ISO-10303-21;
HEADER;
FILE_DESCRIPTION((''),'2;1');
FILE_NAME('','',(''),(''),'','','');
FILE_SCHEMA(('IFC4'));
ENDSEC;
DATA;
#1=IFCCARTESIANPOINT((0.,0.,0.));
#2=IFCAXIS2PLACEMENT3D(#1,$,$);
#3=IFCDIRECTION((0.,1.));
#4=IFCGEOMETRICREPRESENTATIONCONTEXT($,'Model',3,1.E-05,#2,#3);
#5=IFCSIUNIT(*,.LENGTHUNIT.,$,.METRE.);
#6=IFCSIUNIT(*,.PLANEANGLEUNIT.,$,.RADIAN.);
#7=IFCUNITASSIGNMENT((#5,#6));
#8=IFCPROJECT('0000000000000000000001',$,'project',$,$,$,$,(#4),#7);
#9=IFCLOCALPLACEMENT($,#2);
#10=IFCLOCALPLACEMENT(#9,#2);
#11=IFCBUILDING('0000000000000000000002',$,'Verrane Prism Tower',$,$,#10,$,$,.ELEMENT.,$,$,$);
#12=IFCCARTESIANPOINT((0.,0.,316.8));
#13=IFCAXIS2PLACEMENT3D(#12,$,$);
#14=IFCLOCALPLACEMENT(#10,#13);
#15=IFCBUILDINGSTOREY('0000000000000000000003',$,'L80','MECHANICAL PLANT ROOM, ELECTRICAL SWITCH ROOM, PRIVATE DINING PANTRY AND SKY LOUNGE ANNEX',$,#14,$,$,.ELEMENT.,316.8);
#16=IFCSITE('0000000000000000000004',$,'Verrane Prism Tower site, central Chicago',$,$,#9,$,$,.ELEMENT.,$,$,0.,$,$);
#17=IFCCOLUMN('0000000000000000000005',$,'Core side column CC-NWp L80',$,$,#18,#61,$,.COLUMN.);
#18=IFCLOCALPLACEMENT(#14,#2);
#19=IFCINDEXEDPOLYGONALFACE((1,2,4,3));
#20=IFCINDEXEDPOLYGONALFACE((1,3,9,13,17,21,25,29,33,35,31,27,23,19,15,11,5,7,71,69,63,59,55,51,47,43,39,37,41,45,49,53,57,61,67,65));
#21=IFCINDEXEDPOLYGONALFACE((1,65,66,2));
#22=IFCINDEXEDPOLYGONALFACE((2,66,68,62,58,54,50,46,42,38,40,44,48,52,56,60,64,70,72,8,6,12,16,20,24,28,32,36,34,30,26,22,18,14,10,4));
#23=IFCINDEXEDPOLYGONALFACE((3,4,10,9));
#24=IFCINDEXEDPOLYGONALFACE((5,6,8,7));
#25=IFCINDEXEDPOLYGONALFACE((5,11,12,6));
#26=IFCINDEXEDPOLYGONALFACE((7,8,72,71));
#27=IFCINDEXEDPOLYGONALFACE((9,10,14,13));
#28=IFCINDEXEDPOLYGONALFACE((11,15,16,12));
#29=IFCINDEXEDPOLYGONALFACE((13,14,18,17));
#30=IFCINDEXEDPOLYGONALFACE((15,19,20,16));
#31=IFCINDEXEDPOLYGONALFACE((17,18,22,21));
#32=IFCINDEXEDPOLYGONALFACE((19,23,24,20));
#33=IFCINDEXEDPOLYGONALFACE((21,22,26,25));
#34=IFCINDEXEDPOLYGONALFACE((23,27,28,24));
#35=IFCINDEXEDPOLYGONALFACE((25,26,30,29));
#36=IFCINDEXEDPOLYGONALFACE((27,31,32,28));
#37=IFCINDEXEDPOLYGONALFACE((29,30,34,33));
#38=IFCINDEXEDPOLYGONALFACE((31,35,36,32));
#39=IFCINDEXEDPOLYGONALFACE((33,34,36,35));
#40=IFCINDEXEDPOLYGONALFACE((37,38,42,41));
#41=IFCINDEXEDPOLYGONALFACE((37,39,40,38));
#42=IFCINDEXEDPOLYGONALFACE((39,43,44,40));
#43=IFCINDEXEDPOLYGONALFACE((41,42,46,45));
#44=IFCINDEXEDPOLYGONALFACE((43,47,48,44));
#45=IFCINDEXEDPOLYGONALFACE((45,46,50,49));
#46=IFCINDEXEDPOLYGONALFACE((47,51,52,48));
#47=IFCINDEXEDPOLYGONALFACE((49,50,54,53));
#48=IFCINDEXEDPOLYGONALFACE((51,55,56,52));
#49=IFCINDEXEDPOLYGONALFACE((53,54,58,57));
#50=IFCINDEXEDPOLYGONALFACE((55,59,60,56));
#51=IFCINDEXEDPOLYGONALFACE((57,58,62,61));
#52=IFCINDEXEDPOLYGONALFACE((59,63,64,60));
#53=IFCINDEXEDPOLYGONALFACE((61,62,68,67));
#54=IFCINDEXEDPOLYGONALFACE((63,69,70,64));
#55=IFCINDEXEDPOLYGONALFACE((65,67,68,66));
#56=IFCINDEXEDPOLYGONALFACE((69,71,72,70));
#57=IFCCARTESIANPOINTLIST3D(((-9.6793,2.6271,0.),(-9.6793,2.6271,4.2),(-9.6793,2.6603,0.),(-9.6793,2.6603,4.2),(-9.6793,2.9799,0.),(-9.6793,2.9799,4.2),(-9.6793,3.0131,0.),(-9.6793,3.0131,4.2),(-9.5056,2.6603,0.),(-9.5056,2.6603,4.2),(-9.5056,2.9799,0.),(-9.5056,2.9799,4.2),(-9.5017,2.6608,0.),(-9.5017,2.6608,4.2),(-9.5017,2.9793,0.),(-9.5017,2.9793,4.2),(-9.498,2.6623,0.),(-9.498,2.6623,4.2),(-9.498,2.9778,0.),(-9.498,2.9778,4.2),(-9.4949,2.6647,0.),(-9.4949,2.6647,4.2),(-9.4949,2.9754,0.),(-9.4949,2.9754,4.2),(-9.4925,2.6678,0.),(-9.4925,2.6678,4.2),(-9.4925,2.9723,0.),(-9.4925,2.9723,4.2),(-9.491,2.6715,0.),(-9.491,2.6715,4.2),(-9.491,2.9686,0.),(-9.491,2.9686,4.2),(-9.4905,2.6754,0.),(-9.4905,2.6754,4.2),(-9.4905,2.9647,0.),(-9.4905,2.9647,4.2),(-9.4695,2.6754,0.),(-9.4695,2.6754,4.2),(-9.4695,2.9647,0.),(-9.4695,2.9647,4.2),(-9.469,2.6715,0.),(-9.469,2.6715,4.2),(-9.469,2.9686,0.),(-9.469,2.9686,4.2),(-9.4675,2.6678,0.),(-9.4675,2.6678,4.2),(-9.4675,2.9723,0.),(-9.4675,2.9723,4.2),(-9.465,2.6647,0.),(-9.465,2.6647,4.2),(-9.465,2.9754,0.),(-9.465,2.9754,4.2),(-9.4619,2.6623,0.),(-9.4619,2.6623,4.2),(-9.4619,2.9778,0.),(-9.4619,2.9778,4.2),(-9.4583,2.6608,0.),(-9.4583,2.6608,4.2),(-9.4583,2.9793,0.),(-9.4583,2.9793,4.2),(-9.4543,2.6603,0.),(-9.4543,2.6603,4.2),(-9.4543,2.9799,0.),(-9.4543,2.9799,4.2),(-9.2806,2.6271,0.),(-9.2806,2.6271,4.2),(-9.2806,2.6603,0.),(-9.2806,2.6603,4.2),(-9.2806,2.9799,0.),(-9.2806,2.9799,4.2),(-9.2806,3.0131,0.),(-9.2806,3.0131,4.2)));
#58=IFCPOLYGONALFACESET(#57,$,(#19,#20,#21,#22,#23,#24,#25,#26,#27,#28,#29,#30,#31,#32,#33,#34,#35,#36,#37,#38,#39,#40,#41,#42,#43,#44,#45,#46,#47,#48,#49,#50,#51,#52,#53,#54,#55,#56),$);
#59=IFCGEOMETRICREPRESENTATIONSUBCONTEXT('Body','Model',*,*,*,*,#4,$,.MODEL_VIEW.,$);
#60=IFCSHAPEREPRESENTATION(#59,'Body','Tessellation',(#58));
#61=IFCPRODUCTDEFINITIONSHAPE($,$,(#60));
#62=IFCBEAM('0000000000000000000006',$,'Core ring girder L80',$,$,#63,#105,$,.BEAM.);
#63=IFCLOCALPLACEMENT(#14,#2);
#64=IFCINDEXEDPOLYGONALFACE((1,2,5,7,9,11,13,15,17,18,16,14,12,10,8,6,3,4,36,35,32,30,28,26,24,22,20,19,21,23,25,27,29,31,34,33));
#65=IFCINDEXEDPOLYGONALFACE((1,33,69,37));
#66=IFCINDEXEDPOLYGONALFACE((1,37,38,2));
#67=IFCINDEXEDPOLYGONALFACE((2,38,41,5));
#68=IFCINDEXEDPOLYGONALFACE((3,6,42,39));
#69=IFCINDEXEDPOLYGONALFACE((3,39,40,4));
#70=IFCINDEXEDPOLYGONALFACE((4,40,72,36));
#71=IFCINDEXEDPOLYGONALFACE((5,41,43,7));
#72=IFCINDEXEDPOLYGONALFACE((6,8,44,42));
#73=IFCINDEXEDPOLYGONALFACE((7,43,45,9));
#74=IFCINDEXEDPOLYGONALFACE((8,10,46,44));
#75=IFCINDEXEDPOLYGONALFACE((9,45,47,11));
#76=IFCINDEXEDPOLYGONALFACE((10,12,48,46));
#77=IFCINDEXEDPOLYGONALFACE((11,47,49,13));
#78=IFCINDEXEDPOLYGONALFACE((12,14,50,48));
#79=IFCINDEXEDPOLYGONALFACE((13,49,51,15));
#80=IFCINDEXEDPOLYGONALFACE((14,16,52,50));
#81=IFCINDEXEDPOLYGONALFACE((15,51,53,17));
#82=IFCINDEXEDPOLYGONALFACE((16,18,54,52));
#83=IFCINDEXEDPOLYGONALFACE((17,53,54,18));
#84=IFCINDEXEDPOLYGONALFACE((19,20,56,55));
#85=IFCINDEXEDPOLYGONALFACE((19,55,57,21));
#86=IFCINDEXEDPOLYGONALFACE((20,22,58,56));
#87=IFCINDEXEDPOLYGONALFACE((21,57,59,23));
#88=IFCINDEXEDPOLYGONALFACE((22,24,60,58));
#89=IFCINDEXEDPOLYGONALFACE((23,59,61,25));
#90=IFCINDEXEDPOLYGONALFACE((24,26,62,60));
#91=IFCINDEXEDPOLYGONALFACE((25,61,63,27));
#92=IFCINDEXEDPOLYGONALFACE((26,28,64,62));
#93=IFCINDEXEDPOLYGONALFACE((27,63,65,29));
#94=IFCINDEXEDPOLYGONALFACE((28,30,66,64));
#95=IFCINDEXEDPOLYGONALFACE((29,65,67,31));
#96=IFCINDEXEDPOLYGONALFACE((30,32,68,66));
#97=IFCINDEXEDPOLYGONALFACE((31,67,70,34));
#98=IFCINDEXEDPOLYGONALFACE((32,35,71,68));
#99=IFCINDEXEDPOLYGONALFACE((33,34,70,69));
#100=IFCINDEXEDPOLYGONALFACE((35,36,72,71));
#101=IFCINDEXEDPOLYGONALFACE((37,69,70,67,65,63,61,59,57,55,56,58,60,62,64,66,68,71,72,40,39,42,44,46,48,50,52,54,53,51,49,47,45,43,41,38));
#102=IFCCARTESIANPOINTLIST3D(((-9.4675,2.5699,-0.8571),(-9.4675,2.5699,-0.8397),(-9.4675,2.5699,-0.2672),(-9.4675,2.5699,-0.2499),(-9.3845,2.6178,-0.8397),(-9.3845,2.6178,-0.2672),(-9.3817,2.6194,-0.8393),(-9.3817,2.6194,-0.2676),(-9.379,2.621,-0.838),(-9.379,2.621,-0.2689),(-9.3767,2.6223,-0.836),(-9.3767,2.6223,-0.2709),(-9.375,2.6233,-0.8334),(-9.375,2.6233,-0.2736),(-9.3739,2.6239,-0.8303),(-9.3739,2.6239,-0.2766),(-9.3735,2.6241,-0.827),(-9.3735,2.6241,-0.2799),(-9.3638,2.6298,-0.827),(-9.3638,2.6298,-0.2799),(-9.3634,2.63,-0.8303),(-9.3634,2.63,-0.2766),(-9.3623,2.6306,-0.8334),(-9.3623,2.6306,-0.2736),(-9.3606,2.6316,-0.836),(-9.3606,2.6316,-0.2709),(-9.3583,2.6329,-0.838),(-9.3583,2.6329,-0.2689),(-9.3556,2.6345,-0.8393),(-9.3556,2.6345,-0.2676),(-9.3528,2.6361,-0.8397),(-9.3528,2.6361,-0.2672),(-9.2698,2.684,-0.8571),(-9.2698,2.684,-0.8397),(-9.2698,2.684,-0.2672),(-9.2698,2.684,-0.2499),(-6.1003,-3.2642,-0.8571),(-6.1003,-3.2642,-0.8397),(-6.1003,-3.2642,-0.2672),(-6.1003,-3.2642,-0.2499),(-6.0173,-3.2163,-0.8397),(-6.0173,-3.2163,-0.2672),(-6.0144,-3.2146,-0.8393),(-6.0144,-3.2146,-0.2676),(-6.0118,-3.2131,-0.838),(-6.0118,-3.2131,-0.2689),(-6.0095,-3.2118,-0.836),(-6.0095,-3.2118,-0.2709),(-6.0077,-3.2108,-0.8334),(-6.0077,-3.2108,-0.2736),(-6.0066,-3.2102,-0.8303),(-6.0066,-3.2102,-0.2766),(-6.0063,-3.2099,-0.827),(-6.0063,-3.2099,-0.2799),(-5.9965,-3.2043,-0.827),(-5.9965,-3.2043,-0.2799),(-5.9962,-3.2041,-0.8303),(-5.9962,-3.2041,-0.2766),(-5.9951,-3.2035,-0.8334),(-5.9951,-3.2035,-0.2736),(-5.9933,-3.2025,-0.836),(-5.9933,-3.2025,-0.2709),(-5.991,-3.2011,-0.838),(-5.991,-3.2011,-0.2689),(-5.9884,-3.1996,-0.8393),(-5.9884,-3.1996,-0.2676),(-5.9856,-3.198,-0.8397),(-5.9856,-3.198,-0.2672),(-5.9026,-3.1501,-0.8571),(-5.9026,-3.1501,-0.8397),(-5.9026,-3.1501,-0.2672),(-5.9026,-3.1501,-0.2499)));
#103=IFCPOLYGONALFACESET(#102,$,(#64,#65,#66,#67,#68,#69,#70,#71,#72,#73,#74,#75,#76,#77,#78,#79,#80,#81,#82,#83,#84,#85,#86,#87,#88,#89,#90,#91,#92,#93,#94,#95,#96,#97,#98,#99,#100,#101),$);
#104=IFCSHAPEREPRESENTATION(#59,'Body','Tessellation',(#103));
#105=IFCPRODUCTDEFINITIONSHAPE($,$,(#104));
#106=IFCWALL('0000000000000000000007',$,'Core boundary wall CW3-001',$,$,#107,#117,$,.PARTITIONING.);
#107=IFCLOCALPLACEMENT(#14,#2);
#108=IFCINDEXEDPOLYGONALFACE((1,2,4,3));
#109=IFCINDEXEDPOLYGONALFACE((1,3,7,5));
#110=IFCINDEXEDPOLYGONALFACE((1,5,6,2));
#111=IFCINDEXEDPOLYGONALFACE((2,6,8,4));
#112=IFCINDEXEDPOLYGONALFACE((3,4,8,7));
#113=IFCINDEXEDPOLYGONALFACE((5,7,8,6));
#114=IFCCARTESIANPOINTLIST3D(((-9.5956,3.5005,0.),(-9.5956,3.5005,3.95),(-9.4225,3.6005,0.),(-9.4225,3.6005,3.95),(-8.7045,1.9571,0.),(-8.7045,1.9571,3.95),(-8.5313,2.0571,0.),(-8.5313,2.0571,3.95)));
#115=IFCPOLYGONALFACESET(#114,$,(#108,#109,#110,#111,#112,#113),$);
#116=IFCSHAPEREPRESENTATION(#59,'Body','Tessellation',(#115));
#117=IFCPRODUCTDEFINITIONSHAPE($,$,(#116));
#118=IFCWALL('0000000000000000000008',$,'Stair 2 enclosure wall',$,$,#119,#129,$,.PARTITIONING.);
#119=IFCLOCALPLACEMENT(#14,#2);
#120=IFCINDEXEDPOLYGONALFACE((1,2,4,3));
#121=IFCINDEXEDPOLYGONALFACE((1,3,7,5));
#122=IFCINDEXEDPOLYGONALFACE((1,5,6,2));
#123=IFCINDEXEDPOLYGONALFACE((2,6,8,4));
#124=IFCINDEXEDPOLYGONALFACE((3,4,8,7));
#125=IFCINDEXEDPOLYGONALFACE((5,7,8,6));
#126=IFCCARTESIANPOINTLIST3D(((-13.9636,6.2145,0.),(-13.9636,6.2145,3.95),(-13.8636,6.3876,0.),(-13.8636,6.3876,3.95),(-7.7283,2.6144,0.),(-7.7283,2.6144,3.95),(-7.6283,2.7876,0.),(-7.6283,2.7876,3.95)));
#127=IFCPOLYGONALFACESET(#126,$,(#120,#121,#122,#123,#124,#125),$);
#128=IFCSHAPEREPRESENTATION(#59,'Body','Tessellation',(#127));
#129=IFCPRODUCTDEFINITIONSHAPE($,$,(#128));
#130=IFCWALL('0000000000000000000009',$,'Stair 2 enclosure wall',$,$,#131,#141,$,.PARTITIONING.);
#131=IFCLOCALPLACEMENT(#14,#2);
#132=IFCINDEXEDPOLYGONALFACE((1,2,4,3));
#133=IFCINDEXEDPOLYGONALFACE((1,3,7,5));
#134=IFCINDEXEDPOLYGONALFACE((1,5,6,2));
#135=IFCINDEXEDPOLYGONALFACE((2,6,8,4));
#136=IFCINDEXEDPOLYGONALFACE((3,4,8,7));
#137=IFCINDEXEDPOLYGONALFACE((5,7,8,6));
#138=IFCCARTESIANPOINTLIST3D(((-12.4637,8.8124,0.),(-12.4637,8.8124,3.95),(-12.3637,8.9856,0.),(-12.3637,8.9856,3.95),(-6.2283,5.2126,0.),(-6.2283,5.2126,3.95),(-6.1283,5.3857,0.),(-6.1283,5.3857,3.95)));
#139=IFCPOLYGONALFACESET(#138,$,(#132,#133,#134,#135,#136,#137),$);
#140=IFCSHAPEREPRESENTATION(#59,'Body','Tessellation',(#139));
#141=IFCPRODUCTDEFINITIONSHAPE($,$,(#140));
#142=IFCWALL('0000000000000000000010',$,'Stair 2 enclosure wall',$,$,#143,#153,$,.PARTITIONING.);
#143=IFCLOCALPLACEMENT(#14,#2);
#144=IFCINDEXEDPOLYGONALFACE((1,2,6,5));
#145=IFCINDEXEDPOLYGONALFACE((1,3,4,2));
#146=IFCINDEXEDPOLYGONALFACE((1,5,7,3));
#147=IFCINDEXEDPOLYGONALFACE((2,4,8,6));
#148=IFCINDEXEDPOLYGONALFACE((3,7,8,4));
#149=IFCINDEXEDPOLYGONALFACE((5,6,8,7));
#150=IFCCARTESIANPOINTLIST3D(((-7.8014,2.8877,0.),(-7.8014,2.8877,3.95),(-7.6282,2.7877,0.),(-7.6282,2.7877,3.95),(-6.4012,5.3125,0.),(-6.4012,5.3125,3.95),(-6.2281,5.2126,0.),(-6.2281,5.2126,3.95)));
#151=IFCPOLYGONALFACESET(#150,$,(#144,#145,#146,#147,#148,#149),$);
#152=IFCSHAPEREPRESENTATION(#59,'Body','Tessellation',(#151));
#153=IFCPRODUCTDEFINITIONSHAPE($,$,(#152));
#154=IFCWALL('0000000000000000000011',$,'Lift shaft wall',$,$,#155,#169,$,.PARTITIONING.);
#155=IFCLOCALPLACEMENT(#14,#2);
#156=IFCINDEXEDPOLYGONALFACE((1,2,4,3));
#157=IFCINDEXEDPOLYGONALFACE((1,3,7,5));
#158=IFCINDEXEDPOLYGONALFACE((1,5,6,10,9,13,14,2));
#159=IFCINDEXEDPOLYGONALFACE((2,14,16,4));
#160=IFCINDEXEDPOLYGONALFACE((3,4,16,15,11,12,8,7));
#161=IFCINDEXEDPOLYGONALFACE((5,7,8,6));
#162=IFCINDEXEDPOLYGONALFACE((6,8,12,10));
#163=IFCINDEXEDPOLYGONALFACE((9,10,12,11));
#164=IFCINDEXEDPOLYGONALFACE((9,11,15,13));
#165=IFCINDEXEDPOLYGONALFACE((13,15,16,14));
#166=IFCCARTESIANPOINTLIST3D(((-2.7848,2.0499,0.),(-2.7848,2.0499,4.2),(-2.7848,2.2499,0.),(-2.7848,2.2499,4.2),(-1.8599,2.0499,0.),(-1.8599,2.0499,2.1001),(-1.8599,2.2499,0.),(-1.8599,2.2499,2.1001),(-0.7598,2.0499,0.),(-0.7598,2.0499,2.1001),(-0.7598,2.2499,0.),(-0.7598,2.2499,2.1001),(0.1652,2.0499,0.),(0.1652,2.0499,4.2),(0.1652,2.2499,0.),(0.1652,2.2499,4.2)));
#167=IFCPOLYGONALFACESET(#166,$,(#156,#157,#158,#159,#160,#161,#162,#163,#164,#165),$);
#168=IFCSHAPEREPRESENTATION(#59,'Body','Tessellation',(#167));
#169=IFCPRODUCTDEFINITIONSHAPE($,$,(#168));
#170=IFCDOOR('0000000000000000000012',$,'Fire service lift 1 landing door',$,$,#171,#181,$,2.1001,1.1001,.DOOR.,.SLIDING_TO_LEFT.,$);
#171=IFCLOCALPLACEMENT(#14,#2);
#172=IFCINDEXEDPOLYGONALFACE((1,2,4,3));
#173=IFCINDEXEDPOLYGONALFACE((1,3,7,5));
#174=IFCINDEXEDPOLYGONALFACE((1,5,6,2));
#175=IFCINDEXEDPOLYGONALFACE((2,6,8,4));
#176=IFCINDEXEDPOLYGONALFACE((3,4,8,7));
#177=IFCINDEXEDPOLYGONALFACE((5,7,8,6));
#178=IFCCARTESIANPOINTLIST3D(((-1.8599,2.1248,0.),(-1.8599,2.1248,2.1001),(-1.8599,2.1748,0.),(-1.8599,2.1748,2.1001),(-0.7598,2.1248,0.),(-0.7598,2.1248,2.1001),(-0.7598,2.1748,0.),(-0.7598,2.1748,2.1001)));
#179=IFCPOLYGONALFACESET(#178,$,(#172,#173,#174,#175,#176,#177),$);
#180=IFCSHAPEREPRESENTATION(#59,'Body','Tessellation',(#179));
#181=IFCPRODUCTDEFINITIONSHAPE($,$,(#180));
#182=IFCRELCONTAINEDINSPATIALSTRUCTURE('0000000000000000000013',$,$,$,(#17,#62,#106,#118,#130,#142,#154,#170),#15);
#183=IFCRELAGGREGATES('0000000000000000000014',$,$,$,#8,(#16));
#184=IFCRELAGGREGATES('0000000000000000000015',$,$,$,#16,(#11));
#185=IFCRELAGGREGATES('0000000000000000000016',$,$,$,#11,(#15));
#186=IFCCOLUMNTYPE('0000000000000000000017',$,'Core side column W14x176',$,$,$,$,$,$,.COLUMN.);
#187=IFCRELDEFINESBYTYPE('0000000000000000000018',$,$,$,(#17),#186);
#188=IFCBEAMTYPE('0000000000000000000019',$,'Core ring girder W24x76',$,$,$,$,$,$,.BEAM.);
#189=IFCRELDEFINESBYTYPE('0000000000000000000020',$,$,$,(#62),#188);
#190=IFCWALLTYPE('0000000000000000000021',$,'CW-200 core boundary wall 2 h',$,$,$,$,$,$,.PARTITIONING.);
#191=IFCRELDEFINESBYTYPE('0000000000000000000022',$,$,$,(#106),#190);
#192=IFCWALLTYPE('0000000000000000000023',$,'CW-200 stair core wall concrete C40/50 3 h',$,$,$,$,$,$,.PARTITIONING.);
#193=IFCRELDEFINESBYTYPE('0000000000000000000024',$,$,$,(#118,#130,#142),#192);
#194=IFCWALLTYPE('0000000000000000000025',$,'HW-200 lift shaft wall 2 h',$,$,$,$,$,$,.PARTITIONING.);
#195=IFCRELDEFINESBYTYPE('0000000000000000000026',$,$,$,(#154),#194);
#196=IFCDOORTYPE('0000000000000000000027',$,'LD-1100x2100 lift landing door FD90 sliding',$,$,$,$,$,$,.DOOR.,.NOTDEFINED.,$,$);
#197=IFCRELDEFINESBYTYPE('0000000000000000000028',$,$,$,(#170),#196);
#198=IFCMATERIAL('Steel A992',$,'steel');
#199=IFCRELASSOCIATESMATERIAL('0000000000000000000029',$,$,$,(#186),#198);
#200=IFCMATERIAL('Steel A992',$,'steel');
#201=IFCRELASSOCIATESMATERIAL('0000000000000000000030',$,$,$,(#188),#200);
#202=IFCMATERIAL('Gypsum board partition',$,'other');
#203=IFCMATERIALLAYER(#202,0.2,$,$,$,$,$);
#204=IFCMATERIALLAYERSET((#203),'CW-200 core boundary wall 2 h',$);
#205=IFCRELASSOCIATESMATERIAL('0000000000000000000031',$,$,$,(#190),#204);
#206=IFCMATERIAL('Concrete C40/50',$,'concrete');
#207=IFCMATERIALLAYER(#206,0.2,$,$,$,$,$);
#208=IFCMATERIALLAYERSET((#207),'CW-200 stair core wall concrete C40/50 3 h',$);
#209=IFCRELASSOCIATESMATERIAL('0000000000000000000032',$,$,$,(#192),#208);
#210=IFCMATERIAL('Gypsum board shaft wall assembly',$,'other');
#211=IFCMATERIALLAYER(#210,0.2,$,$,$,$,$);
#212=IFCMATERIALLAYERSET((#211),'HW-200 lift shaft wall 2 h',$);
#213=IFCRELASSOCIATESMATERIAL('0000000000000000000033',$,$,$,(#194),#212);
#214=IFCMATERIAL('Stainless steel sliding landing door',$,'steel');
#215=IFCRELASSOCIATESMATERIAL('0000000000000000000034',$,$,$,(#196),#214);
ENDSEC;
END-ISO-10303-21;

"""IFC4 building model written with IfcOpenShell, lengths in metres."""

from ifc_helpers import new_model, si_unit, direction, frame, frame_2d, origin, origin_2d, place, context, subcontext, project, spatial, rectangle, i_section, extrude, material, layer, layer_set, material_profile, profile_set, type_object, element, fill, save


model = new_model("IFC4")

# Units and contexts
model_context = context("Model", 3, precision=1e-05, world=origin(), true_north=direction((0.0, 1.0)))
body_context = subcontext(model_context, "Body", "Model", "MODEL_VIEW")
ifc_project = project(units=[si_unit("LENGTHUNIT", "METRE"), si_unit("PLANEANGLEUNIT", "RADIAN")], contexts=[model_context])

# Site, building, storey
site_placement = place(None, origin())
site = spatial("IfcSite", under=ifc_project, at=site_placement, Name="Verrane Prism Tower site, central Chicago", CompositionType="ELEMENT", RefElevation=0.0)
building_placement = place(site_placement, origin())
building = spatial("IfcBuilding", under=site, at=building_placement, Name="Verrane Prism Tower", CompositionType="ELEMENT")
storey_placement = place(building_placement, frame((0.0, 0.0, 316.8)))
storey = spatial("IfcBuildingStorey", under=building, at=storey_placement, Name="L80", Description="MECHANICAL PLANT ROOM, ELECTRICAL SWITCH ROOM, PRIVATE DINING PANTRY AND SKY LOUNGE ANNEX", CompositionType="ELEMENT", Elevation=316.8)

# Column
ifc_material_1 = material(Name="Steel A992", Category="steel")
ifc_material_profile_1 = material_profile(ifc_material_1, i_section(OverallWidth=0.3987, OverallDepth=0.386, WebThickness=0.021, FlangeThickness=0.0332, FilletRadius=0.0151, at=origin_2d()), Name="W14x176")
ifc_profile_set_1 = profile_set([ifc_material_profile_1], Name="Steel A992")
column_type = type_object("IfcColumnType", Name="Core side column W14x176", PredefinedType="COLUMN", material=ifc_profile_set_1)
column_placement = place(storey_placement, frame((-9.48, 2.8201, 0.0), z_axis=(0.0, 0.0, 1.0), x_axis=(1.0, 0.0, 0.0)))
element("IfcColumn", 1, at=column_placement, inside=storey, type_object=column_type, Name="Core side column CC-NWp L80", PredefinedType="COLUMN", context=body_context, shape_type="SweptSolid", body=[
    extrude(i_section(OverallWidth=0.3987, OverallDepth=0.386, WebThickness=0.021, FlangeThickness=0.0332, FilletRadius=0.0151, at=origin_2d()), origin(), (0.0, 0.0, 1.0), 4.2),
])

# Beam
ifc_material_2 = material(Name="Steel A992", Category="steel")
ifc_material_profile_2 = material_profile(ifc_material_2, i_section(OverallWidth=0.2283, OverallDepth=0.6072, WebThickness=0.0112, FlangeThickness=0.0173, FilletRadius=0.0127, at=origin_2d()), Name="W24x76")
ifc_profile_set_2 = profile_set([ifc_material_profile_2], Name="Steel A992")
beam_type = type_object("IfcBeamType", Name="Core ring girder W24x76", PredefinedType="BEAM", material=ifc_profile_set_2)
beam_placement = place(storey_placement, frame((-9.3687, 2.627, -0.5535), z_axis=(0.499881, -0.866094, 0.0), x_axis=(0.866094, 0.499881, 0.0)))
element("IfcBeam", 2, at=beam_placement, inside=storey, type_object=beam_type, Name="Core ring girder L80", PredefinedType="BEAM", context=body_context, shape_type="SweptSolid", body=[
    extrude(i_section(OverallWidth=0.2283, OverallDepth=0.6072, WebThickness=0.0112, FlangeThickness=0.0173, FilletRadius=0.0127, at=origin_2d()), origin(), (0.0, 0.0, 1.0), 6.7361),
])

# Walls
ifc_material_3 = material(Name="Gypsum board partition", Category="other")
ifc_layer_1 = layer(ifc_material_3, 0.2)
ifc_layer_set_1 = layer_set([ifc_layer_1], Name="CW-200 core boundary wall 2 h")
wall_type_1 = type_object("IfcWallType", Name="CW-200 core boundary wall 2 h", PredefinedType="PARTITIONING", material=ifc_layer_set_1)
wall_1_placement = place(storey_placement, frame((-9.509, 3.5505, 0.0), z_axis=(0.0, 0.0, 1.0), x_axis=(0.499999, -0.866026, 0.0)))
element("IfcWall", 3, at=wall_1_placement, inside=storey, type_object=wall_type_1, Name="Core boundary wall CW3-001", PredefinedType="PARTITIONING", context=body_context, shape_type="SweptSolid", body=[
    extrude(rectangle(XDim=1.7822, YDim=0.2, at=frame_2d((0.8911, 0.0))), origin(), (0.0, 0.0, 1.0), 3.95),
])
ifc_material_4 = material(Name="Concrete C40/50", Category="concrete")
ifc_layer_2 = layer(ifc_material_4, 0.2)
ifc_layer_set_2 = layer_set([ifc_layer_2], Name="CW-200 stair core wall concrete C40/50 3 h")
wall_type_2 = type_object("IfcWallType", Name="CW-200 stair core wall concrete C40/50 3 h", PredefinedType="PARTITIONING", material=ifc_layer_set_2)
for number, where, z_axis, x_axis, name in (
    (4, (-7.6782, 2.7009, 0.0), (0.0, 0.0, 1.0), (-0.866018, 0.500012, 0.0), "Stair 2 enclosure wall"),
    (5, (-6.1782, 5.2991, 0.0), (0.0, 0.0, 1.0), (-0.866033, 0.499987, 0.0), "Stair 2 enclosure wall"),
):
    element("IfcWall", number, at=place(storey_placement, frame(where, z_axis=z_axis, x_axis=x_axis)), inside=storey, type_object=wall_type_2, Name=name, PredefinedType="PARTITIONING", context=body_context, shape_type="SweptSolid", body=[
        extrude(rectangle(XDim=7.2, YDim=0.2, at=frame_2d((3.6001, 0.0))), origin(), (0.0, 0.0, 1.0), 3.95),
    ])
wall_2_placement = place(storey_placement, frame((-6.3147, 5.2625, 0.0), z_axis=(0.0, 0.0, 1.0), x_axis=(-0.50005, -0.865997, 0.0)))
element("IfcWall", 6, at=wall_2_placement, inside=storey, type_object=wall_type_2, Name="Stair 2 enclosure wall", PredefinedType="PARTITIONING", context=body_context, shape_type="SweptSolid", body=[
    extrude(rectangle(XDim=2.8, YDim=0.2, at=frame_2d((1.3999, 0.0))), origin(), (0.0, 0.0, 1.0), 3.95),
])

# Wall, opening, door
ifc_material_5 = material(Name="Gypsum board shaft wall assembly", Category="other")
ifc_layer_3 = layer(ifc_material_5, 0.2)
ifc_layer_set_3 = layer_set([ifc_layer_3], Name="HW-200 lift shaft wall 2 h")
wall_type_3 = type_object("IfcWallType", Name="HW-200 lift shaft wall 2 h", PredefinedType="PARTITIONING", material=ifc_layer_set_3)
wall_3_placement = place(storey_placement, frame((-2.7849, 2.1499, 0.0), z_axis=(0.0, 0.0, 1.0), x_axis=(1.0, 0.0, 0.0)))
wall_3 = element("IfcWall", 7, at=wall_3_placement, inside=storey, type_object=wall_type_3, Name="Lift shaft wall", PredefinedType="PARTITIONING", context=body_context, shape_type="SweptSolid", body=[
    extrude(rectangle(XDim=2.95, YDim=0.2, at=frame_2d((1.4751, 0.0))), origin(), (0.0, 0.0, 1.0), 4.2),
])
opening_1_placement = place(wall_3_placement, frame((0.925, 0.0, 0.0)))
opening_1 = element("IfcOpeningElement", 8, at=opening_1_placement, cuts=wall_3, PredefinedType="OPENING", context=body_context, shape_type="SweptSolid", body=[
    extrude(rectangle(XDim=1.1001, YDim=2.1001, at=frame_2d((0.55, 1.05))), frame((0.0, 0.1099, 0.0), z_axis=(0.0, -1.0, 0.0), x_axis=(1.0, 0.0, 0.0)), (0.0, 0.0, 1.0), 0.22),
])
ifc_material_6 = material(Name="Stainless steel sliding landing door", Category="steel")
door_type_1 = type_object("IfcDoorType", Name="LD-1100x2100 lift landing door FD90 sliding", OperationType="NOTDEFINED", PredefinedType="DOOR", material=ifc_material_6)
door_1_placement = place(opening_1_placement, origin())
door_1 = element("IfcDoor", 9, at=door_1_placement, inside=storey, type_object=door_type_1, Name="Fire service lift 1 landing door", OperationType="SLIDING_TO_LEFT", OverallHeight=2.1001, OverallWidth=1.1001, PredefinedType="DOOR", context=body_context, shape_type="SweptSolid", body=[
    extrude(rectangle(XDim=1.1001, YDim=2.1001, at=frame_2d((0.55, 1.05))), frame((0.0, 0.0249, 0.0), z_axis=(0.0, -1.0, 0.0), x_axis=(1.0, 0.0, 0.0)), (0.0, 0.0, 1.0), 0.05),
])
fill(opening_1, door_1)

save(model, "model.ifc")
